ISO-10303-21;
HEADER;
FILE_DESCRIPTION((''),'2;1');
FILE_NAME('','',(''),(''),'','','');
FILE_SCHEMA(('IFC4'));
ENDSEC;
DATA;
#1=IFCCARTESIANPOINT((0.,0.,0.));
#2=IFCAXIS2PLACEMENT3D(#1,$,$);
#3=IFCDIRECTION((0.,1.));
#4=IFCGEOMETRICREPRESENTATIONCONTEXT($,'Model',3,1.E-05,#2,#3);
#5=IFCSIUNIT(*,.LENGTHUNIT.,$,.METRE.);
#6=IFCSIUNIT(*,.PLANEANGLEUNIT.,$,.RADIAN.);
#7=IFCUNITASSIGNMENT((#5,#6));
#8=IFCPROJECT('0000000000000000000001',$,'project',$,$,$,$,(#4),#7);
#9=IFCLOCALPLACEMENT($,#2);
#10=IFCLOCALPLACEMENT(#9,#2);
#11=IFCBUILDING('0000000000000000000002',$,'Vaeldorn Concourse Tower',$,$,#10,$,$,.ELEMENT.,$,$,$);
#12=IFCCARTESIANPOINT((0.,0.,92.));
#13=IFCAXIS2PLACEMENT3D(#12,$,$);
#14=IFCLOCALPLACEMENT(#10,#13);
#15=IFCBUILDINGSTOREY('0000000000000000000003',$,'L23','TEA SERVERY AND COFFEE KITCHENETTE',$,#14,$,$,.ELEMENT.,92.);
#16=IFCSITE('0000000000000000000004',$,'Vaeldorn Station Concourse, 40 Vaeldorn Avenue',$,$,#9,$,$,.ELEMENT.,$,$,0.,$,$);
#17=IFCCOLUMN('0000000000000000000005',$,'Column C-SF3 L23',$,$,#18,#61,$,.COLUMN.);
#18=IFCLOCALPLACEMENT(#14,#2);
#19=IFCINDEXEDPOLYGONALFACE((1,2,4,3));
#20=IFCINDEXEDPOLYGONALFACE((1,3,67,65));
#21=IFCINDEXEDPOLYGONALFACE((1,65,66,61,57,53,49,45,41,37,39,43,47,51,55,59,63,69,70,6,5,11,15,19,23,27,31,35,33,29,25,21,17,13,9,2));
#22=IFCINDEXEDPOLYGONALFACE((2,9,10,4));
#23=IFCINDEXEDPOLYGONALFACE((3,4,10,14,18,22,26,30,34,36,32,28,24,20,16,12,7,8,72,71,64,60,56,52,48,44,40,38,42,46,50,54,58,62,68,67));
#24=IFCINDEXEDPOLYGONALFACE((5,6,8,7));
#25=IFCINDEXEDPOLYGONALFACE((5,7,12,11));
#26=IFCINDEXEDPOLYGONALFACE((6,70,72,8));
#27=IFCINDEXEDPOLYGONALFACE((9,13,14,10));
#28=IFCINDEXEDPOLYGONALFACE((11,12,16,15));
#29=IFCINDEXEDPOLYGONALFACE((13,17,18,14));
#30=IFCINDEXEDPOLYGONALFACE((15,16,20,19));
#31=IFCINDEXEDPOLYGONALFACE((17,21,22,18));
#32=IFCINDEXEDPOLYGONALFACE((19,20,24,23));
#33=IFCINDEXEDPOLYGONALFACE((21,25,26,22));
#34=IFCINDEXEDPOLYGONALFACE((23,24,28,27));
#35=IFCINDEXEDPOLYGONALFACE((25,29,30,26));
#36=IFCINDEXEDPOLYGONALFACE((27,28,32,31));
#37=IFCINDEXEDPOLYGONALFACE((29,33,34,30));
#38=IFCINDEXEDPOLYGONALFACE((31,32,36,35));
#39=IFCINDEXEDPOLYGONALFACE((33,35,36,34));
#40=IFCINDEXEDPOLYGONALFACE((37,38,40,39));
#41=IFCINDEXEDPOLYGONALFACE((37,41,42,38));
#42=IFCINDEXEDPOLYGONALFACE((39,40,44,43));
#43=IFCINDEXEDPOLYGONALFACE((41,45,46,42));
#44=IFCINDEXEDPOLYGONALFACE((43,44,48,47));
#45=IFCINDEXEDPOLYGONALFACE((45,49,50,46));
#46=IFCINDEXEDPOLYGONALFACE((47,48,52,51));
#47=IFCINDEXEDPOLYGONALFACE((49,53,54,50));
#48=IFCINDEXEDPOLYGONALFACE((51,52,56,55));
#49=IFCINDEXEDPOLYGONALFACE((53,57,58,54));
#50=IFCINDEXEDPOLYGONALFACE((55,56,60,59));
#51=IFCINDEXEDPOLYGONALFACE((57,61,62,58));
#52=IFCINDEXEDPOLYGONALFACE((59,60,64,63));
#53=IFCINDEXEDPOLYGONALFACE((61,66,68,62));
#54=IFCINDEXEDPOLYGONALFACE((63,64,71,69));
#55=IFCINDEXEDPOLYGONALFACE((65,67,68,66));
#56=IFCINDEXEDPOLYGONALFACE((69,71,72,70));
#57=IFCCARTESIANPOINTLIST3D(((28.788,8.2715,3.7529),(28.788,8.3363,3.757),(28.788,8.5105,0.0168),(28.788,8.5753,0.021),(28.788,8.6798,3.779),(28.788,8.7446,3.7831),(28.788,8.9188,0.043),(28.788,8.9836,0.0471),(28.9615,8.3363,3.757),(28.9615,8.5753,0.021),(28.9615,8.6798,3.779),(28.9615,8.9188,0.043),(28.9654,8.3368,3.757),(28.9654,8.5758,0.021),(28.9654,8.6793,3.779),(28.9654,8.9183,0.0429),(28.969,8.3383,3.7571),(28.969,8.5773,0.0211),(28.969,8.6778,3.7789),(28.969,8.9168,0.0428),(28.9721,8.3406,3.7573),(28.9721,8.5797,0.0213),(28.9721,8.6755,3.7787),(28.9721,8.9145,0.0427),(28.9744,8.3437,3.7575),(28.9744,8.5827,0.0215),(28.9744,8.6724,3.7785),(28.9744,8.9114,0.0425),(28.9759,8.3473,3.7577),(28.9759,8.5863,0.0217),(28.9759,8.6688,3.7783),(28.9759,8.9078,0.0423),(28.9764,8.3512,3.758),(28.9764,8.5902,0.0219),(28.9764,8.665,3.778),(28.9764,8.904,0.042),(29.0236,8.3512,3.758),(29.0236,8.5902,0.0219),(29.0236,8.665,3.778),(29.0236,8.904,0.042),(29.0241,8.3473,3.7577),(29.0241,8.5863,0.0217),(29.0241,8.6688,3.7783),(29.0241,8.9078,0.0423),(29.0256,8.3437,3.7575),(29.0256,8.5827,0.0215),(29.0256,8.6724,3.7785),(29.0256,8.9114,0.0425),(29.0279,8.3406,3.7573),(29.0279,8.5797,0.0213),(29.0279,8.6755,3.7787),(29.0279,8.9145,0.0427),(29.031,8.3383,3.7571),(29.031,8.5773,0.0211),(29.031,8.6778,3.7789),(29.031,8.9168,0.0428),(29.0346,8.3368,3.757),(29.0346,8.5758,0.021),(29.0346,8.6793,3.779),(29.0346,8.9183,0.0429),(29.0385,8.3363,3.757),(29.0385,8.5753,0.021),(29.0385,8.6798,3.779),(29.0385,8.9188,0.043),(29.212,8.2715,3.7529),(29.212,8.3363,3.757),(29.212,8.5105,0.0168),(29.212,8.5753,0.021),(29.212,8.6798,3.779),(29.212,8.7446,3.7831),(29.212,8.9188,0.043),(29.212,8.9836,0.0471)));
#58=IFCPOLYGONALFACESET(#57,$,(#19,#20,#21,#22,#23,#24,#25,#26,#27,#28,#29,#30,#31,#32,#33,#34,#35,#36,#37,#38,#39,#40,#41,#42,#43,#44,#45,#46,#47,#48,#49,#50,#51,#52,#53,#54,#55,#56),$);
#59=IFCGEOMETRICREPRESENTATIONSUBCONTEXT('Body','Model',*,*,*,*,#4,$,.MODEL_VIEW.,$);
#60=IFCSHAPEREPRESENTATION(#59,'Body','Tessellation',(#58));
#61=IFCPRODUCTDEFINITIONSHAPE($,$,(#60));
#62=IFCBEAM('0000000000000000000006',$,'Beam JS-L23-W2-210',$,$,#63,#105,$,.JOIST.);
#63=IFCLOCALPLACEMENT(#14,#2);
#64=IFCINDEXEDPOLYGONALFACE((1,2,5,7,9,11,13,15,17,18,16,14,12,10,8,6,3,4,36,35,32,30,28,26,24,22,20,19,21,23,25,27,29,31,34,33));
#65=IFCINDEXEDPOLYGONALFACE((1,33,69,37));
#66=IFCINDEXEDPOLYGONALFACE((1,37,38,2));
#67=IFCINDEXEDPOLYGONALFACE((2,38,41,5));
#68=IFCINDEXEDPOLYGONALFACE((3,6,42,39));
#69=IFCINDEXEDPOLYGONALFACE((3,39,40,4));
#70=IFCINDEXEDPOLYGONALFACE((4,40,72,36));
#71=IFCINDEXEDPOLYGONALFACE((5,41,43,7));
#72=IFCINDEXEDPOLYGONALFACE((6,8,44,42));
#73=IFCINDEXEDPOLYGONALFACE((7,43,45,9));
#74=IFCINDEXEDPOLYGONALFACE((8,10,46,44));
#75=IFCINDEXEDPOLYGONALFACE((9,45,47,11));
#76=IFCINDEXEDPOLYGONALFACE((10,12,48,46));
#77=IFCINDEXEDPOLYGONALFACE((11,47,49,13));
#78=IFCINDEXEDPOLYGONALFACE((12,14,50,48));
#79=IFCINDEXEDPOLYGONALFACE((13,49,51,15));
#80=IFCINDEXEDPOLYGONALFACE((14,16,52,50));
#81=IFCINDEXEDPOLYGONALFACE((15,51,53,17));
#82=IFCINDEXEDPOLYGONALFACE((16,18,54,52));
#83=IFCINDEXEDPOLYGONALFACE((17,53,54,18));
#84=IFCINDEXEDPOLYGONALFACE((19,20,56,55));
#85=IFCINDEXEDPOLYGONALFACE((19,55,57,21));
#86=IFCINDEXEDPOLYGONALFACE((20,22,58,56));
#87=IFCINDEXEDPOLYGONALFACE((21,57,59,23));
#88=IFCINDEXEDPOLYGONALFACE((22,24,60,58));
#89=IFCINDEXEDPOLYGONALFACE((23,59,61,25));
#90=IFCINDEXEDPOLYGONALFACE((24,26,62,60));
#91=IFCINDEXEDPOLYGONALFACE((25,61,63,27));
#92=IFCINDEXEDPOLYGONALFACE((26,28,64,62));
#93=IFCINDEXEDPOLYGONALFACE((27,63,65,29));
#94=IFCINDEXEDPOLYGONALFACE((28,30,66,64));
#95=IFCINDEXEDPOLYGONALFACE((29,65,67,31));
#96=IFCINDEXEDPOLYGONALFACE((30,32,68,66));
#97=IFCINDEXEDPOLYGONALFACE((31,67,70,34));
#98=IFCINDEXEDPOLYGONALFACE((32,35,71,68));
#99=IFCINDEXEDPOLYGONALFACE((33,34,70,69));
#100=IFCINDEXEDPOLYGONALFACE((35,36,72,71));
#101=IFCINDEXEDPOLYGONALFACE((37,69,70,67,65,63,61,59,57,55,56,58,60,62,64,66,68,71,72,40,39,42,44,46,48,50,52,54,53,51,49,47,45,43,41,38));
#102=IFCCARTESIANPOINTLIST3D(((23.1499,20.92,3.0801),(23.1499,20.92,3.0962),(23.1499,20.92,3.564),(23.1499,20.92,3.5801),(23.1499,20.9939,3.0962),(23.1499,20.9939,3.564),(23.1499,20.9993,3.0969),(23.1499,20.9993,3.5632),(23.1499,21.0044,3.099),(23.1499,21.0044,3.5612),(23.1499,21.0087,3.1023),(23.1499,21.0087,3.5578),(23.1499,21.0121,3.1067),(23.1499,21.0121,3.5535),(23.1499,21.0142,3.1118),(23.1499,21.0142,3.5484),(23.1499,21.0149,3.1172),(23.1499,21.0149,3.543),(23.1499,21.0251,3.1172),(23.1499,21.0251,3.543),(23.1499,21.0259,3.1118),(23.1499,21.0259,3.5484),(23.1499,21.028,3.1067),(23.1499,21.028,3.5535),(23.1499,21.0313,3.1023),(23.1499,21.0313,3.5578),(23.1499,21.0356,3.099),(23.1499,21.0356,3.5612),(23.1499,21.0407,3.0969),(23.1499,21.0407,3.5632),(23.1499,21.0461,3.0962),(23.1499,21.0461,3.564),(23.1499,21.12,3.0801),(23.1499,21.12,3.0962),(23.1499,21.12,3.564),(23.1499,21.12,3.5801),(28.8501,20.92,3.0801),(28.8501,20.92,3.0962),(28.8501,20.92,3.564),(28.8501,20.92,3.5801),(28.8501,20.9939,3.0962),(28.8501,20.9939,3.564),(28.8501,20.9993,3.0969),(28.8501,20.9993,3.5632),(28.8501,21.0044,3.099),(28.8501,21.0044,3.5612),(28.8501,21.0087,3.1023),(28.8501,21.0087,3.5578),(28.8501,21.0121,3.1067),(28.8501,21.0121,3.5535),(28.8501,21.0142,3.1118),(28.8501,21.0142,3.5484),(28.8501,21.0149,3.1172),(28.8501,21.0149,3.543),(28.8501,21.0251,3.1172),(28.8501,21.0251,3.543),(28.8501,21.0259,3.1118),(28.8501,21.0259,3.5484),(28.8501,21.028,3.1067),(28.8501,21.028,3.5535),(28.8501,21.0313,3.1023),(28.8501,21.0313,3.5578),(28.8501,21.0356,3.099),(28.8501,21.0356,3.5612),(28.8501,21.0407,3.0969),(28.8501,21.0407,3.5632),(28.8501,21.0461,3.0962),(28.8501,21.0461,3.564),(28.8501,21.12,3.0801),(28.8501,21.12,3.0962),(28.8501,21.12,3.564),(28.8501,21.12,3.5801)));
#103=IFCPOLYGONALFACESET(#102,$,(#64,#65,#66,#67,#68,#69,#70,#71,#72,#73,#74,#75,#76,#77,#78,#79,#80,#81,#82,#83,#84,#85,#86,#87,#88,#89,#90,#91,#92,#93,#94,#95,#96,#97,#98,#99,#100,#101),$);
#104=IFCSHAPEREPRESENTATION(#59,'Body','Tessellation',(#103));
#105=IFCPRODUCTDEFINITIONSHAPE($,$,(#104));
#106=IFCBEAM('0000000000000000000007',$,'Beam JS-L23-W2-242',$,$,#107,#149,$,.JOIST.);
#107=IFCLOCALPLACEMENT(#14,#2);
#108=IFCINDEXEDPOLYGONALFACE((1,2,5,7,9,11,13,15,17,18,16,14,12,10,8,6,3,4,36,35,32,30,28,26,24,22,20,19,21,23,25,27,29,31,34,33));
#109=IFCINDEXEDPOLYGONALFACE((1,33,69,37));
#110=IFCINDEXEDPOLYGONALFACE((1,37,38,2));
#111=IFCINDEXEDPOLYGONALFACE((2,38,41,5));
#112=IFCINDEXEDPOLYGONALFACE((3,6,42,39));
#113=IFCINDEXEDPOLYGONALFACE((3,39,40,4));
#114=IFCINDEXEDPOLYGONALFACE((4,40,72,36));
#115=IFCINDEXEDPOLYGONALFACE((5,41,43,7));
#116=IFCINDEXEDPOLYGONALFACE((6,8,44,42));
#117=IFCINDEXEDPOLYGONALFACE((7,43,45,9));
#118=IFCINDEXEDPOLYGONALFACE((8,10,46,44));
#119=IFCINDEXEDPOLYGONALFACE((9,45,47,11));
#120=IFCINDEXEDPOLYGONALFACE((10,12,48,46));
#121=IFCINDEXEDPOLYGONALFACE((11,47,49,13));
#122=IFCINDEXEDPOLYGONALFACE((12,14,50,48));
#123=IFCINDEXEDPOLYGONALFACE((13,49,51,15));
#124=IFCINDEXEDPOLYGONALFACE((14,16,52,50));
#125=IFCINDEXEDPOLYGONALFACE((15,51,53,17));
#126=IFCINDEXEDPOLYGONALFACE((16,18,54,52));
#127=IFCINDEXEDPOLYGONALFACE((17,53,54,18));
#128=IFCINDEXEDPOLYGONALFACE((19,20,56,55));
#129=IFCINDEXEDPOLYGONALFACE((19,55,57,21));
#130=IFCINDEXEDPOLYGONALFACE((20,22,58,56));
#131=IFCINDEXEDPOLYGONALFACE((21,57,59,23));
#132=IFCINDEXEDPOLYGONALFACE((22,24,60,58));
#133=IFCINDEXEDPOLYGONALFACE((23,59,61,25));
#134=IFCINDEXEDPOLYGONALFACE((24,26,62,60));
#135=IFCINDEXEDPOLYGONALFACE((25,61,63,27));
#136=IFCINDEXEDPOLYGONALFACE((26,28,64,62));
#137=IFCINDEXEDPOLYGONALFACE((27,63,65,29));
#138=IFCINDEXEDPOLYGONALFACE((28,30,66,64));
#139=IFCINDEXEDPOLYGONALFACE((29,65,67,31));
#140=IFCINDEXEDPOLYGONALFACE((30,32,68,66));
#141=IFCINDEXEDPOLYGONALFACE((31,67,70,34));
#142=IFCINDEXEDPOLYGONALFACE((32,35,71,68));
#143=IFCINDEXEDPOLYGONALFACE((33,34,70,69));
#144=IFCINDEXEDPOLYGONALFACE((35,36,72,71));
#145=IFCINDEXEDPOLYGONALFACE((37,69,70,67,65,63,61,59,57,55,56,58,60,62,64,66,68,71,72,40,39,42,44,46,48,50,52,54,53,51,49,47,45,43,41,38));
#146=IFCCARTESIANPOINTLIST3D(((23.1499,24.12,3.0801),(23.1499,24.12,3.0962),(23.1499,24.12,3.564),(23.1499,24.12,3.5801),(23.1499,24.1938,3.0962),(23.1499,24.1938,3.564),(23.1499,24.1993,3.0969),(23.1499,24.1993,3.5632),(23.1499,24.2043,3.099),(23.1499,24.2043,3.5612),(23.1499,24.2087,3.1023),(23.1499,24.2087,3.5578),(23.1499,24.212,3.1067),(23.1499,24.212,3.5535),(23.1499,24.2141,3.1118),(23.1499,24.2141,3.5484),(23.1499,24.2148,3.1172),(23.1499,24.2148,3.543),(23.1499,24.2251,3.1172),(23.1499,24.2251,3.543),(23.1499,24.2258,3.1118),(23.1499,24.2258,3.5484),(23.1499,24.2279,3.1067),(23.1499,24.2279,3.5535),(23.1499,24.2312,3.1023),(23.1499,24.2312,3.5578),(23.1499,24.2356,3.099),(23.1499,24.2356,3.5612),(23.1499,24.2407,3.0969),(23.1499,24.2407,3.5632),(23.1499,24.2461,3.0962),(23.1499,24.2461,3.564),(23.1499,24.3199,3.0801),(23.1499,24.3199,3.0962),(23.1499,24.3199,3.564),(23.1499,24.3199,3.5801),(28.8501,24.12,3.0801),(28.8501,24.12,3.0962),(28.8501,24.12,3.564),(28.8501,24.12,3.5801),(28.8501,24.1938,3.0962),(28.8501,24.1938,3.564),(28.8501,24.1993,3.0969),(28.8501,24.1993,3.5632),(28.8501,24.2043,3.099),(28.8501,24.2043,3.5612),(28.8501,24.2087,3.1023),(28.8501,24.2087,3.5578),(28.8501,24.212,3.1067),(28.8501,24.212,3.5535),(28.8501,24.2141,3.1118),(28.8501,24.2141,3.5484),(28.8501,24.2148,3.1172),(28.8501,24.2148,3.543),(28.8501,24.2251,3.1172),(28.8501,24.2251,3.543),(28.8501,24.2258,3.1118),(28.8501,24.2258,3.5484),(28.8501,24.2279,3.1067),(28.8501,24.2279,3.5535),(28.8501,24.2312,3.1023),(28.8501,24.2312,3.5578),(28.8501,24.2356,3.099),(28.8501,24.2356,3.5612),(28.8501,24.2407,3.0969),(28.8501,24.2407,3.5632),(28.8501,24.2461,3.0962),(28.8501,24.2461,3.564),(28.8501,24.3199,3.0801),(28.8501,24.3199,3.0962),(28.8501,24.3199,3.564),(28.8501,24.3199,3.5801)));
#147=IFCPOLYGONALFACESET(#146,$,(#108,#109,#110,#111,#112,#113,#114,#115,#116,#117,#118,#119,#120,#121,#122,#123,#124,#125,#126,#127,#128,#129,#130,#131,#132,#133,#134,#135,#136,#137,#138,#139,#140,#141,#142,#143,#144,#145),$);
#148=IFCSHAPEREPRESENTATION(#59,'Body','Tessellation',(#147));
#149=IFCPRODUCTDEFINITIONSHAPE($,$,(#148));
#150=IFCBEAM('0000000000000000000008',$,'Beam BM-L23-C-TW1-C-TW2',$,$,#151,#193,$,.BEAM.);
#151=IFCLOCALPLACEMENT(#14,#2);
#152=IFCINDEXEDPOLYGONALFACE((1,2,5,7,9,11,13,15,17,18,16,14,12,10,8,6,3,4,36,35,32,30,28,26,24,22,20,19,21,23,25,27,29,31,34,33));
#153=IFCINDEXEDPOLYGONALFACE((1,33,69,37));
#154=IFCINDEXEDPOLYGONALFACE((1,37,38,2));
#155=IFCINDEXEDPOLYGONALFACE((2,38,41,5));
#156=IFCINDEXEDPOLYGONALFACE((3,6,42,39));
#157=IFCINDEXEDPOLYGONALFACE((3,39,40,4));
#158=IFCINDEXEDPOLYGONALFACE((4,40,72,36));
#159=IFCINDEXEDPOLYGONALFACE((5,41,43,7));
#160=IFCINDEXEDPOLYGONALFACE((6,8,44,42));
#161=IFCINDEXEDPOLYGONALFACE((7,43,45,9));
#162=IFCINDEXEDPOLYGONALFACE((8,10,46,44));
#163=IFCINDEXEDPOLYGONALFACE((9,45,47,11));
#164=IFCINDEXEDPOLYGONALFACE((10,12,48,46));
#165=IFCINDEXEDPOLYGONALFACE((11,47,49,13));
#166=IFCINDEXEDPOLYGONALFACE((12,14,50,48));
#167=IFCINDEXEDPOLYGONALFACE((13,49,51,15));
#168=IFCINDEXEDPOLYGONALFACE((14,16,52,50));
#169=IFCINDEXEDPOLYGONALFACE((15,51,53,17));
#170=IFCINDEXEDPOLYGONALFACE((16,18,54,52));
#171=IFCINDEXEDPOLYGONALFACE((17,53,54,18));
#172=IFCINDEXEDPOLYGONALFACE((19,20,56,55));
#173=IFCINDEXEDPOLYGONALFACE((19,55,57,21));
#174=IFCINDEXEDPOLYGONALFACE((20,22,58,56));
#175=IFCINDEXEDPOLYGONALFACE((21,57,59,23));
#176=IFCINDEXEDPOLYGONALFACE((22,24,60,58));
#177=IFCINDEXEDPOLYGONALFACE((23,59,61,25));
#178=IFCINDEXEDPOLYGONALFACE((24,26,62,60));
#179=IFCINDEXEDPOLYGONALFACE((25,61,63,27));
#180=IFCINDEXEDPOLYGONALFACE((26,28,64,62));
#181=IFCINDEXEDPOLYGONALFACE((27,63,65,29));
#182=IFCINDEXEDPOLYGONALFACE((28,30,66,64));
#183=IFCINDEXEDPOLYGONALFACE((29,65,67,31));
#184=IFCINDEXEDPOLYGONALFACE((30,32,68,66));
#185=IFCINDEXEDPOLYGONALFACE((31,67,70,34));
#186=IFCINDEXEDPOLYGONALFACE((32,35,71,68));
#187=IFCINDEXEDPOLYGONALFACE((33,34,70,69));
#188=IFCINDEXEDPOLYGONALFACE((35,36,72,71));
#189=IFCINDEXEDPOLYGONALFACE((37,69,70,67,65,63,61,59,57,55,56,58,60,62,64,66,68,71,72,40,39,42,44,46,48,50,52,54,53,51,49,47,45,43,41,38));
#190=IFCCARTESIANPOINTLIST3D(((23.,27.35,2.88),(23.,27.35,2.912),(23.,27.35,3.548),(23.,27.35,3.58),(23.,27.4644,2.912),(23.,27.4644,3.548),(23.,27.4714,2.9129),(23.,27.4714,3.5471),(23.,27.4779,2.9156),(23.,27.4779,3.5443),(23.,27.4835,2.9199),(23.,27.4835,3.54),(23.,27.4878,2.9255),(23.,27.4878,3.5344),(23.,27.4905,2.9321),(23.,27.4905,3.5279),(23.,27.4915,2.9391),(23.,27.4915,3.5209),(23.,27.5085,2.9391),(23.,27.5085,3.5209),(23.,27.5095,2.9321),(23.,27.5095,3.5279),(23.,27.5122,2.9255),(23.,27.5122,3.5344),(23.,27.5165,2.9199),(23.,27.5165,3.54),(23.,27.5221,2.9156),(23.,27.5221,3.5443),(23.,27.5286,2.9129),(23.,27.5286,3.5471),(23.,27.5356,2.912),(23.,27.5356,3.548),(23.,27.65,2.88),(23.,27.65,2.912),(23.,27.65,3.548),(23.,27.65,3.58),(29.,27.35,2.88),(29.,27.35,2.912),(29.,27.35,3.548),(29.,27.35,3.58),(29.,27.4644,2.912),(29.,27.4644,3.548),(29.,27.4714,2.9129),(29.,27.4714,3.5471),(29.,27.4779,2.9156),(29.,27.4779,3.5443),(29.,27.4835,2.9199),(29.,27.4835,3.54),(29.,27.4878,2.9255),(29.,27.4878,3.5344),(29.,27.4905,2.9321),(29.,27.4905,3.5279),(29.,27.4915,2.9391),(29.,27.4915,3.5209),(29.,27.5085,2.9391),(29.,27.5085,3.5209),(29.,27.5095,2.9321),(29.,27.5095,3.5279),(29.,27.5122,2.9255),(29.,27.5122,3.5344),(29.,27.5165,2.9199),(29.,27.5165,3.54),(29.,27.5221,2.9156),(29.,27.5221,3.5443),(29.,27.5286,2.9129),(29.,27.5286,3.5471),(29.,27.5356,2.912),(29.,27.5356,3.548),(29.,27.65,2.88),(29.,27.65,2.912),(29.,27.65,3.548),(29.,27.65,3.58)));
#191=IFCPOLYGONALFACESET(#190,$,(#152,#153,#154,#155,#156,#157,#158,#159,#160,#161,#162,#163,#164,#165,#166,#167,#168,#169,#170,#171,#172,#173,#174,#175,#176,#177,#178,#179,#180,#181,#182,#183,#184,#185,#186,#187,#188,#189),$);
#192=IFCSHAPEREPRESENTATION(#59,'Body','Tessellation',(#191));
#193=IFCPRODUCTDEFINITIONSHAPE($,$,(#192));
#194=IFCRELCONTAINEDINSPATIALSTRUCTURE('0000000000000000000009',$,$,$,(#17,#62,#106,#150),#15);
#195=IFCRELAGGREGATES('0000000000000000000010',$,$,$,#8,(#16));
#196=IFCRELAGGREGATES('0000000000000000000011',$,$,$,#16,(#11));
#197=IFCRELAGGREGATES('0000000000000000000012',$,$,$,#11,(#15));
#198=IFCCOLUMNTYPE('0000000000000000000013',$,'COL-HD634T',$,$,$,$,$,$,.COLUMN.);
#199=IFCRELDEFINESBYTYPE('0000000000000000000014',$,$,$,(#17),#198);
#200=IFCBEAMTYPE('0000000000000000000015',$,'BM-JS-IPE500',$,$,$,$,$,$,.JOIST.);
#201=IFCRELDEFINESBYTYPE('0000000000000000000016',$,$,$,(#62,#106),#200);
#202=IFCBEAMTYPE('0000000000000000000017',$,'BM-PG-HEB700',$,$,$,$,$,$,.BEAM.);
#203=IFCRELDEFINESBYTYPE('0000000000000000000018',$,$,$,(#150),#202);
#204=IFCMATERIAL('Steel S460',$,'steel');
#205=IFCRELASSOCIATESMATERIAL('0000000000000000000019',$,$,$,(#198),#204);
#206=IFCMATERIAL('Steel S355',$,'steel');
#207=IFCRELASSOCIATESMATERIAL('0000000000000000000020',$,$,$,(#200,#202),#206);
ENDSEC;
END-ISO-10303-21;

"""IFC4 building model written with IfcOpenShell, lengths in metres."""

from ifc_helpers import new_model, si_unit, direction, frame, origin, origin_2d, place, context, subcontext, project, spatial, i_section, extrude, source, transform, mapped, material, material_profile, profile_set, type_object, element, save


model = new_model("IFC4")

# Units and contexts
model_context = context("Model", 3, precision=1e-05, world=origin(), true_north=direction((0.0, 1.0)))
body_context = subcontext(model_context, "Body", "Model", "MODEL_VIEW")
ifc_project = project(units=[si_unit("LENGTHUNIT", "METRE"), si_unit("PLANEANGLEUNIT", "RADIAN")], contexts=[model_context])

# Site, building, storey
site_placement = place(None, origin())
site = spatial("IfcSite", under=ifc_project, at=site_placement, Name="Vaeldorn Station Concourse, 40 Vaeldorn Avenue", CompositionType="ELEMENT", RefElevation=0.0)
building_placement = place(site_placement, origin())
building = spatial("IfcBuilding", under=site, at=building_placement, Name="Vaeldorn Concourse Tower", CompositionType="ELEMENT")
storey_placement = place(building_placement, frame((0.0, 0.0, 92.0)))
storey = spatial("IfcBuildingStorey", under=building, at=storey_placement, Name="L23", Description="TEA SERVERY AND COFFEE KITCHENETTE", CompositionType="ELEMENT", Elevation=92.0)

# Column
ifc_material_1 = material(Name="Steel S460", Category="steel")
ifc_material_profile_1 = material_profile(ifc_material_1, i_section(OverallWidth=0.4241, OverallDepth=0.4741, WebThickness=0.0471, FlangeThickness=0.0649, FilletRadius=0.0149, at=origin_2d()), Name="HD 400x634")
ifc_profile_set_1 = profile_set([ifc_material_profile_1], Name="Steel S460")
column_type_1 = type_object("IfcColumnType", Name="COL-HD634T", PredefinedType="COLUMN", material=ifc_profile_set_1)
shared_shape_1 = source(origin(), body_context, "Body", "SweptSolid", [
    extrude(i_section(OverallWidth=0.4241, OverallDepth=0.4741, WebThickness=0.0471, FlangeThickness=0.0649, FilletRadius=0.0149, at=origin_2d()), origin(), (0.0, 0.0, 1.0), 3.7437),
])
column_1_placement = place(storey_placement, frame((29.0, 8.7471, 0.032), z_axis=(0.0, -0.063844, 0.99796), x_axis=(1.0, 0.0, 0.0)))
element("IfcColumn", 1, at=column_1_placement, inside=storey, type_object=column_type_1, Name="Column C-SF3 L23", PredefinedType="COLUMN", context=body_context, shape_type="MappedRepresentation", body=[
    mapped(shared_shape_1, transform((0.0, 0.0, 0.0), scale=1.0)),
])

# Beams
ifc_material_2 = material(Name="Steel S355", Category="steel")
ifc_material_profile_2 = material_profile(ifc_material_2, i_section(OverallWidth=0.2, OverallDepth=0.5, WebThickness=0.0103, FlangeThickness=0.0161, FilletRadius=0.021, at=origin_2d()), Name="IPE 500")
ifc_profile_set_2 = profile_set([ifc_material_profile_2], Name="Steel S355")
beam_type_1 = type_object("IfcBeamType", Name="BM-JS-IPE500", PredefinedType="JOIST", material=ifc_profile_set_2)
shared_shape_2 = source(origin(), body_context, "Body", "SweptSolid", [
    extrude(i_section(OverallWidth=0.2, OverallDepth=0.5, WebThickness=0.0103, FlangeThickness=0.0161, FilletRadius=0.021, at=origin_2d()), origin(), (0.0, 0.0, 1.0), 5.7002),
])
for number, where, z_axis, x_axis, name in (
    (2, (23.1499, 21.02, 3.3301), (1.0, 0.0, 0.0), (0.0, 1.0, 0.0), "Beam JS-L23-W2-210"),
    (3, (23.1499, 24.22, 3.3301), (1.0, 0.0, 0.0), (0.0, 1.0, 0.0), "Beam JS-L23-W2-242"),
):
    element("IfcBeam", number, at=place(storey_placement, frame(where, z_axis=z_axis, x_axis=x_axis)), inside=storey, type_object=beam_type_1, Name=name, PredefinedType="JOIST", context=body_context, shape_type="MappedRepresentation", body=[
        mapped(shared_shape_2, transform((0.0, 0.0, 0.0), scale=1.0)),
    ])
ifc_material_profile_3 = material_profile(ifc_material_2, i_section(OverallWidth=0.3, OverallDepth=0.7, WebThickness=0.0171, FlangeThickness=0.032, FilletRadius=0.0271, at=origin_2d()), Name="HEB 700")
ifc_profile_set_3 = profile_set([ifc_material_profile_3], Name="Steel S355")
beam_type_2 = type_object("IfcBeamType", Name="BM-PG-HEB700", PredefinedType="BEAM", material=ifc_profile_set_3)
shared_shape_3 = source(origin(), body_context, "Body", "SweptSolid", [
    extrude(i_section(OverallWidth=0.3, OverallDepth=0.7, WebThickness=0.0171, FlangeThickness=0.032, FilletRadius=0.0271, at=origin_2d()), origin(), (0.0, 0.0, 1.0), 6.0),
])
beam_1_placement = place(storey_placement, frame((23.0, 27.5, 3.23), z_axis=(1.0, 0.0, 0.0), x_axis=(0.0, 1.0, 0.0)))
element("IfcBeam", 4, at=beam_1_placement, inside=storey, type_object=beam_type_2, Name="Beam BM-L23-C-TW1-C-TW2", PredefinedType="BEAM", context=body_context, shape_type="MappedRepresentation", body=[
    mapped(shared_shape_3, transform((0.0, 0.0, 0.0), scale=1.0)),
])

save(model, "model.ifc")
